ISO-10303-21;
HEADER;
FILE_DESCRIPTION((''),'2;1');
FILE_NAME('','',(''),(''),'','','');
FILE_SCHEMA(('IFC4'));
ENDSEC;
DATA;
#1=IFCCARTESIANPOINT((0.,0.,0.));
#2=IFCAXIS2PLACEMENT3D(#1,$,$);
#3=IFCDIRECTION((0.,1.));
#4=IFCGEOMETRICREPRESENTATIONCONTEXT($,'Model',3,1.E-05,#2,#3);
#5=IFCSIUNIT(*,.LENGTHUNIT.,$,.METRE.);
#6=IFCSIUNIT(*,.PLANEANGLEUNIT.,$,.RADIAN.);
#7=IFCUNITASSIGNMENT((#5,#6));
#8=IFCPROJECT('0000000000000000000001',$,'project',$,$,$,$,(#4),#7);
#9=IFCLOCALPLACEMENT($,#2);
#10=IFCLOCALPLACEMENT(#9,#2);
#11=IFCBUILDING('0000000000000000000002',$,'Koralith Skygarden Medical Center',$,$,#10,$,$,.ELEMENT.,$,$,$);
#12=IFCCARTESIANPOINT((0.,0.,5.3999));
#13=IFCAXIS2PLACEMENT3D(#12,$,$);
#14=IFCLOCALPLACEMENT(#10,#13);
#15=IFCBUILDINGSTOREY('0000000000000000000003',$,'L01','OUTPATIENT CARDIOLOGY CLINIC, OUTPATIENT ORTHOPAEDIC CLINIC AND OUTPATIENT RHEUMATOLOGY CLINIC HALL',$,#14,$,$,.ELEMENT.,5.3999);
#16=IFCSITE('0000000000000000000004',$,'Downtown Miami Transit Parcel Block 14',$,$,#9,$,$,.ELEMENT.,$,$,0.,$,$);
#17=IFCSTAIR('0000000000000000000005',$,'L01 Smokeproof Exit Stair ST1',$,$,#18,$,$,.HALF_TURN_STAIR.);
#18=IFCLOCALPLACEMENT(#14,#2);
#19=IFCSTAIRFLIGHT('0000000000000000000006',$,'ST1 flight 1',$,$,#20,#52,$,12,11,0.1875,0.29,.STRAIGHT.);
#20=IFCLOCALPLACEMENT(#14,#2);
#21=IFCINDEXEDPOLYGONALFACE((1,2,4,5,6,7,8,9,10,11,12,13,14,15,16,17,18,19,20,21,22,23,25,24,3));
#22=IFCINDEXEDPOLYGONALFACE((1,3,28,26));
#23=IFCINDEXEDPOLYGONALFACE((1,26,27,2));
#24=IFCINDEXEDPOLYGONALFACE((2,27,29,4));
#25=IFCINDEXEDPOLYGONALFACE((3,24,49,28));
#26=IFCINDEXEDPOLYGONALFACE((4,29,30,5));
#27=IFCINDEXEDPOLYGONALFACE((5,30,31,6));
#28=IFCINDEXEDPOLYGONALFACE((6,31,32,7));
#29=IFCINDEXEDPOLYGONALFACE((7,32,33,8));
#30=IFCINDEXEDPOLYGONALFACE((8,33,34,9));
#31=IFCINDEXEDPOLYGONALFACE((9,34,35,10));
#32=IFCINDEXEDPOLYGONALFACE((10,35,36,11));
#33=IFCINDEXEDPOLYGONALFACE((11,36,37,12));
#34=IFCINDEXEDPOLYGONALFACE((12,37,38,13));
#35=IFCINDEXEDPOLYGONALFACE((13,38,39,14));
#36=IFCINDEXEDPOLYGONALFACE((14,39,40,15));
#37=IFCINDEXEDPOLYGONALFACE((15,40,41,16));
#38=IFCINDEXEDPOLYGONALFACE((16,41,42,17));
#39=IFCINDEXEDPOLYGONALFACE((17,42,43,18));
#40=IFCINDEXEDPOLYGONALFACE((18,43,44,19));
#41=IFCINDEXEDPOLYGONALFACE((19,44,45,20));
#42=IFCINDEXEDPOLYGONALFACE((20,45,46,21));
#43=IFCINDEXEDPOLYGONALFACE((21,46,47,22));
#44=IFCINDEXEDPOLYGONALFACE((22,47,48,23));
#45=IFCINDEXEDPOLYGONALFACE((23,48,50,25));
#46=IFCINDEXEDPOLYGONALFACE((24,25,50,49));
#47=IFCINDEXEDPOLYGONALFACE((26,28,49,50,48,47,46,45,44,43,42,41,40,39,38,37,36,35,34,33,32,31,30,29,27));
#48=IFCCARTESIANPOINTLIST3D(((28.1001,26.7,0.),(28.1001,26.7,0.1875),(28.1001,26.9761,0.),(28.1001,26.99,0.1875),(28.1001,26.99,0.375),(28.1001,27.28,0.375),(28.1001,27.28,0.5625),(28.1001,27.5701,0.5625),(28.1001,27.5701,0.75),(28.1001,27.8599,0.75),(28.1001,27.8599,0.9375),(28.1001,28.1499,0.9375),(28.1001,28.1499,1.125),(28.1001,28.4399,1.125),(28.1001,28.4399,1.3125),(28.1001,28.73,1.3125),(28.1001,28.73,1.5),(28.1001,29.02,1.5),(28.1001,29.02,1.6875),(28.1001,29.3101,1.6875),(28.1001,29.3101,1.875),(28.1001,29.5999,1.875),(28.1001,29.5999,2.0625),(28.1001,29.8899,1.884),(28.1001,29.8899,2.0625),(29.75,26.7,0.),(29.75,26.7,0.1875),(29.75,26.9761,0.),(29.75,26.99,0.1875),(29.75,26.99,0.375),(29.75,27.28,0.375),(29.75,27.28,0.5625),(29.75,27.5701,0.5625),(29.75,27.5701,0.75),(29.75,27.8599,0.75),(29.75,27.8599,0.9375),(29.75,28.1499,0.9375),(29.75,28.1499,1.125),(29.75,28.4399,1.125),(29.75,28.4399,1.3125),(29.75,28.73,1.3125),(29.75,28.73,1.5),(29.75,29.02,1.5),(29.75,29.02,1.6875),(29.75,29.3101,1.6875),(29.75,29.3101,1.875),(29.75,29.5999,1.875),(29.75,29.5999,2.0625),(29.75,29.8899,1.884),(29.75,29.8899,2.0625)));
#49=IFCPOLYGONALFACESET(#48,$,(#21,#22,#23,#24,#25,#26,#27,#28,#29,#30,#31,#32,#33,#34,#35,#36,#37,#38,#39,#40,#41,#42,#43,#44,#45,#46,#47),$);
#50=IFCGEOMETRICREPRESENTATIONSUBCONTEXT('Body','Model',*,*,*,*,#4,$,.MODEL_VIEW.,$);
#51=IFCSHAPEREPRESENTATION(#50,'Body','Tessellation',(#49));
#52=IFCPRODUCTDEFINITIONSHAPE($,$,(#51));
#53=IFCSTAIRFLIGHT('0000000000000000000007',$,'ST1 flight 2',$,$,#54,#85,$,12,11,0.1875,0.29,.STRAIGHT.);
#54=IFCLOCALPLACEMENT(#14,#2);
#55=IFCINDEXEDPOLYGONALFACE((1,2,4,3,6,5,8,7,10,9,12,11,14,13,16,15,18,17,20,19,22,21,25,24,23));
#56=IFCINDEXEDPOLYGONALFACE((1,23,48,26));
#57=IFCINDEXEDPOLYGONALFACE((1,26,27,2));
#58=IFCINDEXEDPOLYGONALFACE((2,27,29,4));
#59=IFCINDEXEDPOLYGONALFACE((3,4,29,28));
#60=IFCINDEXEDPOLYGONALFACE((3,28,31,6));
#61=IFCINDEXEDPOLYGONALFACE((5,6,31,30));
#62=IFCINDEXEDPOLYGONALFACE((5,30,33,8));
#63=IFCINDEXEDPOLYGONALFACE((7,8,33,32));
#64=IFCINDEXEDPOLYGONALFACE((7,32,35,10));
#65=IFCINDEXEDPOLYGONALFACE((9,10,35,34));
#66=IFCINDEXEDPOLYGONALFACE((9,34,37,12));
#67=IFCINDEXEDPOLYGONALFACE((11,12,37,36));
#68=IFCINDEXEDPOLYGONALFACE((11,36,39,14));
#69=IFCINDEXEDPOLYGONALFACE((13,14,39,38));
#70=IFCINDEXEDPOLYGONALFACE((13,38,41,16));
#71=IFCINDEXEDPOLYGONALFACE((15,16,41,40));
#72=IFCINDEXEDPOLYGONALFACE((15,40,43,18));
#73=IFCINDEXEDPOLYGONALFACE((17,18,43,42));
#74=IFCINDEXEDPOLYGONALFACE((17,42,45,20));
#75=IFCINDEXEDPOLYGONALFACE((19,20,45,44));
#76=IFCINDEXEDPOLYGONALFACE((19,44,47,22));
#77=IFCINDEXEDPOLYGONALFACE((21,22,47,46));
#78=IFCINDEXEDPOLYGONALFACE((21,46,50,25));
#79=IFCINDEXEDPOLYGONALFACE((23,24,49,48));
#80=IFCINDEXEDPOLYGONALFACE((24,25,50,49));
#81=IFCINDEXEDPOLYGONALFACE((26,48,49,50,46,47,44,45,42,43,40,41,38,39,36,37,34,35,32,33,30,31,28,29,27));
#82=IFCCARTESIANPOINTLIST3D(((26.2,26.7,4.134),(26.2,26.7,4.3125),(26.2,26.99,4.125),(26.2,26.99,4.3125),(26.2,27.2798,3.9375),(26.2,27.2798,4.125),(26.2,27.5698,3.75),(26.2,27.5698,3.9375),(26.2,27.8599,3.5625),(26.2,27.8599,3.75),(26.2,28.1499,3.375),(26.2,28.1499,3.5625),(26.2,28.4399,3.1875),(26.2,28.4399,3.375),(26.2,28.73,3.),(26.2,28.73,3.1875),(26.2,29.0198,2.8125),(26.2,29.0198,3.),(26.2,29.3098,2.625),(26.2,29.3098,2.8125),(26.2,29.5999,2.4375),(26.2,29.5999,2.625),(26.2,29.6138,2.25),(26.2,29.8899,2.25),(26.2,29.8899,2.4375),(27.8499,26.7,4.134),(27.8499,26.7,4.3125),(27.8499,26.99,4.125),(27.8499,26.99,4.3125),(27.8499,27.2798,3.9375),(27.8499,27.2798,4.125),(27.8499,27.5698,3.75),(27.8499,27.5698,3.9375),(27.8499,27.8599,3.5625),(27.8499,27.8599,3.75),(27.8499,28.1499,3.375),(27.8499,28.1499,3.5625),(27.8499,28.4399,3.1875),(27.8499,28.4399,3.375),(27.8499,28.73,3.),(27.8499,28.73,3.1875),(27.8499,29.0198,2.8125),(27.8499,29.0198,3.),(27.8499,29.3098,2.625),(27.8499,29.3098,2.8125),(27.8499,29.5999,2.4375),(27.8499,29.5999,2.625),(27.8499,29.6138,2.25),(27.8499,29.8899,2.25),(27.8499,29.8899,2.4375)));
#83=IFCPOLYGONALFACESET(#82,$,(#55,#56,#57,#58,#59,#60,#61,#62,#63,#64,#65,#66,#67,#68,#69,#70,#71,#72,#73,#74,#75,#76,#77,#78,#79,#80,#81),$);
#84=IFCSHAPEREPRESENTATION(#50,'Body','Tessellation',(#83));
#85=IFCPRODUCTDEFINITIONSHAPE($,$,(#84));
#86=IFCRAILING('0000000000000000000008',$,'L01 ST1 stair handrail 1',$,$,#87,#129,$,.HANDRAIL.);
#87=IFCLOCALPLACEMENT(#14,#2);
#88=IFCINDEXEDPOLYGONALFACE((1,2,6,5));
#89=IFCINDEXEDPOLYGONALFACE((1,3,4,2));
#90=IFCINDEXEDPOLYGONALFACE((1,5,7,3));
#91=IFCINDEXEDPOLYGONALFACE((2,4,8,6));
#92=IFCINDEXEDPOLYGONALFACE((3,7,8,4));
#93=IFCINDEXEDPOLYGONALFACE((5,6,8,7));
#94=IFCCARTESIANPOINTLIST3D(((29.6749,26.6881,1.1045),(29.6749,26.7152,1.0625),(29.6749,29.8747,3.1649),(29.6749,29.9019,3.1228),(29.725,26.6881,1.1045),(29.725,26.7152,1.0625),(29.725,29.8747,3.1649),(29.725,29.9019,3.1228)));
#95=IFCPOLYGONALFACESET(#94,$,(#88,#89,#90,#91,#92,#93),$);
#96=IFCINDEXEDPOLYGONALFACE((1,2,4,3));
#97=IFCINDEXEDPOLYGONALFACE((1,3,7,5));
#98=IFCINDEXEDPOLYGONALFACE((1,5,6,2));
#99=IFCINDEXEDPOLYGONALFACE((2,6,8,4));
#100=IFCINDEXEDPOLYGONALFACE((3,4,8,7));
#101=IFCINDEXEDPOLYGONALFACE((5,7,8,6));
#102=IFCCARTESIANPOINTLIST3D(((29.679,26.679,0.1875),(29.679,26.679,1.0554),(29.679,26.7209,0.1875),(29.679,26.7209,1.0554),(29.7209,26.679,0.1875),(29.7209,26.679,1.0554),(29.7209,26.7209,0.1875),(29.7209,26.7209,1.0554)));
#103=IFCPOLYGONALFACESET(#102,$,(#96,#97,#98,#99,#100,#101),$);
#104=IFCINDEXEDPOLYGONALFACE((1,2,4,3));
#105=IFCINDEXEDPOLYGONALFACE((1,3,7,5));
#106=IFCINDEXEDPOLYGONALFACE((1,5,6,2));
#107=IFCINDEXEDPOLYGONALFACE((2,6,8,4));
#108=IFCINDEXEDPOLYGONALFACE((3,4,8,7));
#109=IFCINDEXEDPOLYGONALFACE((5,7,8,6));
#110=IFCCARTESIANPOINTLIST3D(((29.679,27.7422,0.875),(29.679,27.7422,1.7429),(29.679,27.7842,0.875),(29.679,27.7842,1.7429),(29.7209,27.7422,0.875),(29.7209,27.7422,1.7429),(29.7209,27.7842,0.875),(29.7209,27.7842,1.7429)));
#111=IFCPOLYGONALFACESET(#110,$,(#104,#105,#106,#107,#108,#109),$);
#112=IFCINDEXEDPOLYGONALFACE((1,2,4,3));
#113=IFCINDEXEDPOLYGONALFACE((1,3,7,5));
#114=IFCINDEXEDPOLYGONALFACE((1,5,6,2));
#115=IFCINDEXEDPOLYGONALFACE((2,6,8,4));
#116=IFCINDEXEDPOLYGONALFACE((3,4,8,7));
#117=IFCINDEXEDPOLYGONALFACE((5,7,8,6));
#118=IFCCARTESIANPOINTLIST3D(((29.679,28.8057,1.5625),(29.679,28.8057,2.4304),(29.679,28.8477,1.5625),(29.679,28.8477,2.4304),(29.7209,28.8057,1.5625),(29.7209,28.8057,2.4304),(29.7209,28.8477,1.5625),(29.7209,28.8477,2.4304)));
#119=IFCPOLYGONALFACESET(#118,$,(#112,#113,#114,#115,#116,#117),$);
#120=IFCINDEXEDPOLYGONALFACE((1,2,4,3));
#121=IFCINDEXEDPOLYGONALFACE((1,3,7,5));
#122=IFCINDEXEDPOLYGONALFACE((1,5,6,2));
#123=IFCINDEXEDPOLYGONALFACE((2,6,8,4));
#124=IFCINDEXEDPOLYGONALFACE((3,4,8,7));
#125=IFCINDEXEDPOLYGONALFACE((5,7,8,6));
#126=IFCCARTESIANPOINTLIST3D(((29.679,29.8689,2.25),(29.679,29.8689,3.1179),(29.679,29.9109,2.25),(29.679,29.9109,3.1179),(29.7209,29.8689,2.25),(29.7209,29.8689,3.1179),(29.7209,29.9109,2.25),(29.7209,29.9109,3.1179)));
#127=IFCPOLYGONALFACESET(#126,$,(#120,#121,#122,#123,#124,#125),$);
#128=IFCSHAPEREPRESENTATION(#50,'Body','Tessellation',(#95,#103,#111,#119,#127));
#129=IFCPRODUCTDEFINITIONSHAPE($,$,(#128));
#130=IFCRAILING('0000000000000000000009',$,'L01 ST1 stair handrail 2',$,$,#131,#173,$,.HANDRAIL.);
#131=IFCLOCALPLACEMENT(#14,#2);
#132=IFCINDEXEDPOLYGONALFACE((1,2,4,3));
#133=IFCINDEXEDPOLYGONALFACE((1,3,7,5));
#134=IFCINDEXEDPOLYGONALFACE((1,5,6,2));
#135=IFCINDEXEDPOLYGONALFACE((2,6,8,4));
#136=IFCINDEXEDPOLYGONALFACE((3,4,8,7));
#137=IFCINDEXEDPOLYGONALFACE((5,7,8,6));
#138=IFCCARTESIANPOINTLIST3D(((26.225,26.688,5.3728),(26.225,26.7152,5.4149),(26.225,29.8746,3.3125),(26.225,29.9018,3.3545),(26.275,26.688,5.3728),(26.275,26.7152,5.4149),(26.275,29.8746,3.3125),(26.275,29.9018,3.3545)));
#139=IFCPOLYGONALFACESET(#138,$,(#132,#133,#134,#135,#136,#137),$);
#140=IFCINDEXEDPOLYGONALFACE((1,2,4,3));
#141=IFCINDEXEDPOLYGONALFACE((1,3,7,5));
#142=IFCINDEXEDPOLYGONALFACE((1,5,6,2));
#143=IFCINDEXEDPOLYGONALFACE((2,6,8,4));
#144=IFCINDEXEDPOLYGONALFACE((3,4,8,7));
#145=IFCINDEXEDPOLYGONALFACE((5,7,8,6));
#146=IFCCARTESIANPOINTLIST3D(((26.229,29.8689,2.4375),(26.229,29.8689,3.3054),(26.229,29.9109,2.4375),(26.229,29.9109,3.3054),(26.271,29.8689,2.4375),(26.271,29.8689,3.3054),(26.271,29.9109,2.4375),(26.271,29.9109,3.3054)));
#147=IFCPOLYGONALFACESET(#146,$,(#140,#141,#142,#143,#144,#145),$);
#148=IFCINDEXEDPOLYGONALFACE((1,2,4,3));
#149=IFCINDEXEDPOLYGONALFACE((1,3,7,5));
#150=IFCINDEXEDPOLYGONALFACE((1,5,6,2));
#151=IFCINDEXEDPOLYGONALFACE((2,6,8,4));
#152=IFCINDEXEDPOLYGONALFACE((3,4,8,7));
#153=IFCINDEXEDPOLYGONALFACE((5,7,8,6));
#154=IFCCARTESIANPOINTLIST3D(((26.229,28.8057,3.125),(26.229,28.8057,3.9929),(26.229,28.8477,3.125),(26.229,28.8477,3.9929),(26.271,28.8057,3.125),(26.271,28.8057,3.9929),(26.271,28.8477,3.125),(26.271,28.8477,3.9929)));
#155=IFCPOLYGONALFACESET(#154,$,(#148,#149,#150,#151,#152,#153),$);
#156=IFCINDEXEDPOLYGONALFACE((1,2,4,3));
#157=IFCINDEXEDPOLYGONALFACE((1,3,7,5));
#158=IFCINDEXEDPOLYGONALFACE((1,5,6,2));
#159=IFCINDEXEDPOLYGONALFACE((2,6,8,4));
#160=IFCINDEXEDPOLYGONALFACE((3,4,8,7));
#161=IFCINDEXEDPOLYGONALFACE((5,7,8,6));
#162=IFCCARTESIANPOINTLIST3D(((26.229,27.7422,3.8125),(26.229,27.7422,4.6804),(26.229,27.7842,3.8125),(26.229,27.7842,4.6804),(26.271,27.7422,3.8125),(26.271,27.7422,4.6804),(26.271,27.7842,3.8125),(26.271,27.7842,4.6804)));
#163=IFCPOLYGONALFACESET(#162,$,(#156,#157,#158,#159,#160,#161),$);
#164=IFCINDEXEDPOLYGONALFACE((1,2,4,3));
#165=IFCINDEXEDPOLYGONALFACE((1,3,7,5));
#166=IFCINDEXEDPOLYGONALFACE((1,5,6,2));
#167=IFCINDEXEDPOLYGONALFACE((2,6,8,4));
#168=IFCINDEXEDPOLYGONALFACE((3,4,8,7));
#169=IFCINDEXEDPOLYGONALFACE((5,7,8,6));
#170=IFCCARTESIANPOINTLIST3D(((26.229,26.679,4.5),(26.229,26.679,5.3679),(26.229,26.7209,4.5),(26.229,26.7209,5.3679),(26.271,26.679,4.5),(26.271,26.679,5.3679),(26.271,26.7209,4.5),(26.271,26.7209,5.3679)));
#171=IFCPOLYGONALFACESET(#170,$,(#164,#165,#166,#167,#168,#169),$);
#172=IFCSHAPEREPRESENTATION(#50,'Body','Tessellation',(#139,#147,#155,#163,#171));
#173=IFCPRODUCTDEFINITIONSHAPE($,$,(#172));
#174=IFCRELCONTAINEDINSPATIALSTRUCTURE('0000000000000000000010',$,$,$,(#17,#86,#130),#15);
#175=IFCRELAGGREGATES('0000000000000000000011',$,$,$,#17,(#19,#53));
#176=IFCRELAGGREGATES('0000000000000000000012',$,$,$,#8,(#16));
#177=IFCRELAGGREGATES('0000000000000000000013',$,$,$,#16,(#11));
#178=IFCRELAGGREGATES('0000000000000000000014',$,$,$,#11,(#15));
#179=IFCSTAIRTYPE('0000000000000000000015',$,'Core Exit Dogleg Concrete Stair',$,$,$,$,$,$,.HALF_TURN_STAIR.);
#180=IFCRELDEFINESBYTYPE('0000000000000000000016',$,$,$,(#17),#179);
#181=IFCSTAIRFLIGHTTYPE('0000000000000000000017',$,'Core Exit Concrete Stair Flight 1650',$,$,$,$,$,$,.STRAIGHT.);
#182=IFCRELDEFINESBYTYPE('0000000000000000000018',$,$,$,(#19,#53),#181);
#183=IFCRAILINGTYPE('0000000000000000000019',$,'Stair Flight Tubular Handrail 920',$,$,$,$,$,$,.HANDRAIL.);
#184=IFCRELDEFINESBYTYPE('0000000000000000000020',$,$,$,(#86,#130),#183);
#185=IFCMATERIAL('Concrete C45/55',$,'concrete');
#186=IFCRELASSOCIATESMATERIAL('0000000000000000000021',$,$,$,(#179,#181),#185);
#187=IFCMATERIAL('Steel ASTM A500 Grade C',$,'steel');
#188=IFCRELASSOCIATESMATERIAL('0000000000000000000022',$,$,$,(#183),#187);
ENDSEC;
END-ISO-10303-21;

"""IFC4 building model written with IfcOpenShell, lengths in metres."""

from ifc_helpers import new_model, si_unit, direction, frame, origin, origin_2d, place, context, subcontext, project, spatial, polyline, rectangle, outline, extrude, material, type_object, element, aggregate, save


model = new_model("IFC4")

# Units and contexts
model_context = context("Model", 3, precision=1e-05, world=origin(), true_north=direction((0.0, 1.0)))
body_context = subcontext(model_context, "Body", "Model", "MODEL_VIEW")
ifc_project = project(units=[si_unit("LENGTHUNIT", "METRE"), si_unit("PLANEANGLEUNIT", "RADIAN")], contexts=[model_context])

# Site, building, storey
site_placement = place(None, origin())
site = spatial("IfcSite", under=ifc_project, at=site_placement, Name="Downtown Miami Transit Parcel Block 14", CompositionType="ELEMENT", RefElevation=0.0)
building_placement = place(site_placement, origin())
building = spatial("IfcBuilding", under=site, at=building_placement, Name="Koralith Skygarden Medical Center", CompositionType="ELEMENT")
storey_placement = place(building_placement, frame((0.0, 0.0, 5.3999)))
storey = spatial("IfcBuildingStorey", under=building, at=storey_placement, Name="L01", Description="OUTPATIENT CARDIOLOGY CLINIC, OUTPATIENT ORTHOPAEDIC CLINIC AND OUTPATIENT RHEUMATOLOGY CLINIC HALL", CompositionType="ELEMENT", Elevation=5.3999)

# Shared definitions
ifc_material_1 = material(Name="Steel ASTM A500 Grade C", Category="steel")

# Shared definitions
ifc_material_2 = material(Name="Concrete C45/55", Category="concrete")

# Stair, stair flights
stair_type = type_object("IfcStairType", Name="Core Exit Dogleg Concrete Stair", PredefinedType="HALF_TURN_STAIR", material=ifc_material_2)
stair_placement = place(storey_placement, origin())
stair = element("IfcStair", 1, at=stair_placement, inside=storey, type_object=stair_type, Name="L01 Smokeproof Exit Stair ST1", PredefinedType="HALF_TURN_STAIR")
stair_flight_type = type_object("IfcStairFlightType", Name="Core Exit Concrete Stair Flight 1650", PredefinedType="STRAIGHT", material=ifc_material_2)
stair_flight_1_placement = place(storey_placement, frame((28.925, 26.7, 0.0), z_axis=(0.0, 0.0, 1.0), x_axis=(0.0, 1.0, 0.0)))
stair_flight_1 = element("IfcStairFlight", 2, at=stair_flight_1_placement, type_object=stair_flight_type, Name="ST1 flight 1", NumberOfRisers=12, NumberOfTreads=11, PredefinedType="STRAIGHT", RiserHeight=0.1875, TreadLength=0.29, context=body_context, shape_type="SweptSolid", body=[
    extrude(outline(polyline([(0.0, 0.0), (0.0, 0.1875), (0.29, 0.1875), (0.29, 0.375), (0.5801, 0.375), (0.5801, 0.5625), (0.8701, 0.5625), (0.8701, 0.75), (1.1599, 0.75), (1.1599, 0.9375), (1.45, 0.9375), (1.45, 1.125), (1.74, 1.125), (1.74, 1.3125), (2.03, 1.3125), (2.03, 1.5), (2.3201, 1.5), (2.3201, 1.6875), (2.6101, 1.6875), (2.6101, 1.875), (2.8999, 1.875), (2.8999, 2.0625), (3.1899, 2.0625), (3.1899, 2.25), (3.1899, 1.884), (0.2761, 0.0), (0.0, 0.0)])), frame((0.0, 0.825, 0.0), z_axis=(0.0, -1.0, 0.0), x_axis=(1.0, 0.0, 0.0)), (0.0, 0.0, 1.0), 1.6499),
])
stair_flight_2_placement = place(storey_placement, frame((27.0249, 29.8899, 2.25), z_axis=(0.0, 0.0, 1.0), x_axis=(0.0, -1.0, 0.0)))
stair_flight_2 = element("IfcStairFlight", 3, at=stair_flight_2_placement, type_object=stair_flight_type, Name="ST1 flight 2", NumberOfRisers=12, NumberOfTreads=11, PredefinedType="STRAIGHT", RiserHeight=0.1875, TreadLength=0.29, context=body_context, shape_type="SweptSolid", body=[
    extrude(outline(polyline([(0.0, 0.0), (0.0, 0.1875), (0.29, 0.1875), (0.29, 0.375), (0.5801, 0.375), (0.5801, 0.5625), (0.8701, 0.5625), (0.8701, 0.75), (1.1599, 0.75), (1.1599, 0.9375), (1.45, 0.9375), (1.45, 1.125), (1.74, 1.125), (1.74, 1.3125), (2.03, 1.3125), (2.03, 1.5), (2.3201, 1.5), (2.3201, 1.6875), (2.6101, 1.6875), (2.6101, 1.875), (2.8999, 1.875), (2.8999, 2.0625), (3.1899, 2.0625), (3.1899, 2.25), (3.1899, 1.884), (0.2761, 0.0), (0.0, 0.0)])), frame((0.0, 0.825, 0.0), z_axis=(0.0, -1.0, 0.0), x_axis=(1.0, 0.0, 0.0)), (0.0, 0.0, 1.0), 1.6499),
])
aggregate(stair, [stair_flight_1, stair_flight_2])

# Railings
railing_type_1 = type_object("IfcRailingType", Name="Stair Flight Tubular Handrail 920", PredefinedType="HANDRAIL", material=ifc_material_1)
railing_1_placement = place(storey_placement, frame((29.7, 26.7, 0.1875)))
element("IfcRailing", 4, at=railing_1_placement, inside=storey, type_object=railing_type_1, Name="L01 ST1 stair handrail 1", PredefinedType="HANDRAIL", context=body_context, shape_type="SweptSolid", body=[
    extrude(rectangle(XDim=0.05, YDim=0.05, at=origin_2d()), frame((0.0, 0.0017, 0.896), z_axis=(0.0, 0.83976, 0.542958), x_axis=(-1.0, 0.0, 0.0)), (0.0, 0.0, 1.0), 3.7947),
    extrude(rectangle(XDim=0.042, YDim=0.042, at=origin_2d()), origin(), (0.0, 0.0, 1.0), 0.8679),
    extrude(rectangle(XDim=0.042, YDim=0.042, at=origin_2d()), frame((0.0, 1.0632, 0.6875)), (0.0, 0.0, 1.0), 0.8679),
    extrude(rectangle(XDim=0.042, YDim=0.042, at=origin_2d()), frame((0.0, 2.1267, 1.375)), (0.0, 0.0, 1.0), 0.8679),
    extrude(rectangle(XDim=0.042, YDim=0.042, at=origin_2d()), frame((0.0, 3.1899, 2.0625)), (0.0, 0.0, 1.0), 0.8679),
])
railing_2_placement = place(storey_placement, frame((26.25, 29.8899, 2.4375)))
element("IfcRailing", 5, at=railing_2_placement, inside=storey, type_object=railing_type_1, Name="L01 ST1 stair handrail 2", PredefinedType="HANDRAIL", context=body_context, shape_type="SweptSolid", body=[
    extrude(rectangle(XDim=0.05, YDim=0.05, at=origin_2d()), frame((0.0, -0.0017, 0.896), z_axis=(0.0, -0.83976, 0.542958), x_axis=(1.0, 0.0, 0.0)), (0.0, 0.0, 1.0), 3.7947),
    extrude(rectangle(XDim=0.042, YDim=0.042, at=origin_2d()), origin(), (0.0, 0.0, 1.0), 0.8679),
    extrude(rectangle(XDim=0.042, YDim=0.042, at=origin_2d()), frame((0.0, -1.0632, 0.6875)), (0.0, 0.0, 1.0), 0.8679),
    extrude(rectangle(XDim=0.042, YDim=0.042, at=origin_2d()), frame((0.0, -2.1267, 1.375)), (0.0, 0.0, 1.0), 0.8679),
    extrude(rectangle(XDim=0.042, YDim=0.042, at=origin_2d()), frame((0.0, -3.1899, 2.0625)), (0.0, 0.0, 1.0), 0.8679),
])

save(model, "model.ifc")
